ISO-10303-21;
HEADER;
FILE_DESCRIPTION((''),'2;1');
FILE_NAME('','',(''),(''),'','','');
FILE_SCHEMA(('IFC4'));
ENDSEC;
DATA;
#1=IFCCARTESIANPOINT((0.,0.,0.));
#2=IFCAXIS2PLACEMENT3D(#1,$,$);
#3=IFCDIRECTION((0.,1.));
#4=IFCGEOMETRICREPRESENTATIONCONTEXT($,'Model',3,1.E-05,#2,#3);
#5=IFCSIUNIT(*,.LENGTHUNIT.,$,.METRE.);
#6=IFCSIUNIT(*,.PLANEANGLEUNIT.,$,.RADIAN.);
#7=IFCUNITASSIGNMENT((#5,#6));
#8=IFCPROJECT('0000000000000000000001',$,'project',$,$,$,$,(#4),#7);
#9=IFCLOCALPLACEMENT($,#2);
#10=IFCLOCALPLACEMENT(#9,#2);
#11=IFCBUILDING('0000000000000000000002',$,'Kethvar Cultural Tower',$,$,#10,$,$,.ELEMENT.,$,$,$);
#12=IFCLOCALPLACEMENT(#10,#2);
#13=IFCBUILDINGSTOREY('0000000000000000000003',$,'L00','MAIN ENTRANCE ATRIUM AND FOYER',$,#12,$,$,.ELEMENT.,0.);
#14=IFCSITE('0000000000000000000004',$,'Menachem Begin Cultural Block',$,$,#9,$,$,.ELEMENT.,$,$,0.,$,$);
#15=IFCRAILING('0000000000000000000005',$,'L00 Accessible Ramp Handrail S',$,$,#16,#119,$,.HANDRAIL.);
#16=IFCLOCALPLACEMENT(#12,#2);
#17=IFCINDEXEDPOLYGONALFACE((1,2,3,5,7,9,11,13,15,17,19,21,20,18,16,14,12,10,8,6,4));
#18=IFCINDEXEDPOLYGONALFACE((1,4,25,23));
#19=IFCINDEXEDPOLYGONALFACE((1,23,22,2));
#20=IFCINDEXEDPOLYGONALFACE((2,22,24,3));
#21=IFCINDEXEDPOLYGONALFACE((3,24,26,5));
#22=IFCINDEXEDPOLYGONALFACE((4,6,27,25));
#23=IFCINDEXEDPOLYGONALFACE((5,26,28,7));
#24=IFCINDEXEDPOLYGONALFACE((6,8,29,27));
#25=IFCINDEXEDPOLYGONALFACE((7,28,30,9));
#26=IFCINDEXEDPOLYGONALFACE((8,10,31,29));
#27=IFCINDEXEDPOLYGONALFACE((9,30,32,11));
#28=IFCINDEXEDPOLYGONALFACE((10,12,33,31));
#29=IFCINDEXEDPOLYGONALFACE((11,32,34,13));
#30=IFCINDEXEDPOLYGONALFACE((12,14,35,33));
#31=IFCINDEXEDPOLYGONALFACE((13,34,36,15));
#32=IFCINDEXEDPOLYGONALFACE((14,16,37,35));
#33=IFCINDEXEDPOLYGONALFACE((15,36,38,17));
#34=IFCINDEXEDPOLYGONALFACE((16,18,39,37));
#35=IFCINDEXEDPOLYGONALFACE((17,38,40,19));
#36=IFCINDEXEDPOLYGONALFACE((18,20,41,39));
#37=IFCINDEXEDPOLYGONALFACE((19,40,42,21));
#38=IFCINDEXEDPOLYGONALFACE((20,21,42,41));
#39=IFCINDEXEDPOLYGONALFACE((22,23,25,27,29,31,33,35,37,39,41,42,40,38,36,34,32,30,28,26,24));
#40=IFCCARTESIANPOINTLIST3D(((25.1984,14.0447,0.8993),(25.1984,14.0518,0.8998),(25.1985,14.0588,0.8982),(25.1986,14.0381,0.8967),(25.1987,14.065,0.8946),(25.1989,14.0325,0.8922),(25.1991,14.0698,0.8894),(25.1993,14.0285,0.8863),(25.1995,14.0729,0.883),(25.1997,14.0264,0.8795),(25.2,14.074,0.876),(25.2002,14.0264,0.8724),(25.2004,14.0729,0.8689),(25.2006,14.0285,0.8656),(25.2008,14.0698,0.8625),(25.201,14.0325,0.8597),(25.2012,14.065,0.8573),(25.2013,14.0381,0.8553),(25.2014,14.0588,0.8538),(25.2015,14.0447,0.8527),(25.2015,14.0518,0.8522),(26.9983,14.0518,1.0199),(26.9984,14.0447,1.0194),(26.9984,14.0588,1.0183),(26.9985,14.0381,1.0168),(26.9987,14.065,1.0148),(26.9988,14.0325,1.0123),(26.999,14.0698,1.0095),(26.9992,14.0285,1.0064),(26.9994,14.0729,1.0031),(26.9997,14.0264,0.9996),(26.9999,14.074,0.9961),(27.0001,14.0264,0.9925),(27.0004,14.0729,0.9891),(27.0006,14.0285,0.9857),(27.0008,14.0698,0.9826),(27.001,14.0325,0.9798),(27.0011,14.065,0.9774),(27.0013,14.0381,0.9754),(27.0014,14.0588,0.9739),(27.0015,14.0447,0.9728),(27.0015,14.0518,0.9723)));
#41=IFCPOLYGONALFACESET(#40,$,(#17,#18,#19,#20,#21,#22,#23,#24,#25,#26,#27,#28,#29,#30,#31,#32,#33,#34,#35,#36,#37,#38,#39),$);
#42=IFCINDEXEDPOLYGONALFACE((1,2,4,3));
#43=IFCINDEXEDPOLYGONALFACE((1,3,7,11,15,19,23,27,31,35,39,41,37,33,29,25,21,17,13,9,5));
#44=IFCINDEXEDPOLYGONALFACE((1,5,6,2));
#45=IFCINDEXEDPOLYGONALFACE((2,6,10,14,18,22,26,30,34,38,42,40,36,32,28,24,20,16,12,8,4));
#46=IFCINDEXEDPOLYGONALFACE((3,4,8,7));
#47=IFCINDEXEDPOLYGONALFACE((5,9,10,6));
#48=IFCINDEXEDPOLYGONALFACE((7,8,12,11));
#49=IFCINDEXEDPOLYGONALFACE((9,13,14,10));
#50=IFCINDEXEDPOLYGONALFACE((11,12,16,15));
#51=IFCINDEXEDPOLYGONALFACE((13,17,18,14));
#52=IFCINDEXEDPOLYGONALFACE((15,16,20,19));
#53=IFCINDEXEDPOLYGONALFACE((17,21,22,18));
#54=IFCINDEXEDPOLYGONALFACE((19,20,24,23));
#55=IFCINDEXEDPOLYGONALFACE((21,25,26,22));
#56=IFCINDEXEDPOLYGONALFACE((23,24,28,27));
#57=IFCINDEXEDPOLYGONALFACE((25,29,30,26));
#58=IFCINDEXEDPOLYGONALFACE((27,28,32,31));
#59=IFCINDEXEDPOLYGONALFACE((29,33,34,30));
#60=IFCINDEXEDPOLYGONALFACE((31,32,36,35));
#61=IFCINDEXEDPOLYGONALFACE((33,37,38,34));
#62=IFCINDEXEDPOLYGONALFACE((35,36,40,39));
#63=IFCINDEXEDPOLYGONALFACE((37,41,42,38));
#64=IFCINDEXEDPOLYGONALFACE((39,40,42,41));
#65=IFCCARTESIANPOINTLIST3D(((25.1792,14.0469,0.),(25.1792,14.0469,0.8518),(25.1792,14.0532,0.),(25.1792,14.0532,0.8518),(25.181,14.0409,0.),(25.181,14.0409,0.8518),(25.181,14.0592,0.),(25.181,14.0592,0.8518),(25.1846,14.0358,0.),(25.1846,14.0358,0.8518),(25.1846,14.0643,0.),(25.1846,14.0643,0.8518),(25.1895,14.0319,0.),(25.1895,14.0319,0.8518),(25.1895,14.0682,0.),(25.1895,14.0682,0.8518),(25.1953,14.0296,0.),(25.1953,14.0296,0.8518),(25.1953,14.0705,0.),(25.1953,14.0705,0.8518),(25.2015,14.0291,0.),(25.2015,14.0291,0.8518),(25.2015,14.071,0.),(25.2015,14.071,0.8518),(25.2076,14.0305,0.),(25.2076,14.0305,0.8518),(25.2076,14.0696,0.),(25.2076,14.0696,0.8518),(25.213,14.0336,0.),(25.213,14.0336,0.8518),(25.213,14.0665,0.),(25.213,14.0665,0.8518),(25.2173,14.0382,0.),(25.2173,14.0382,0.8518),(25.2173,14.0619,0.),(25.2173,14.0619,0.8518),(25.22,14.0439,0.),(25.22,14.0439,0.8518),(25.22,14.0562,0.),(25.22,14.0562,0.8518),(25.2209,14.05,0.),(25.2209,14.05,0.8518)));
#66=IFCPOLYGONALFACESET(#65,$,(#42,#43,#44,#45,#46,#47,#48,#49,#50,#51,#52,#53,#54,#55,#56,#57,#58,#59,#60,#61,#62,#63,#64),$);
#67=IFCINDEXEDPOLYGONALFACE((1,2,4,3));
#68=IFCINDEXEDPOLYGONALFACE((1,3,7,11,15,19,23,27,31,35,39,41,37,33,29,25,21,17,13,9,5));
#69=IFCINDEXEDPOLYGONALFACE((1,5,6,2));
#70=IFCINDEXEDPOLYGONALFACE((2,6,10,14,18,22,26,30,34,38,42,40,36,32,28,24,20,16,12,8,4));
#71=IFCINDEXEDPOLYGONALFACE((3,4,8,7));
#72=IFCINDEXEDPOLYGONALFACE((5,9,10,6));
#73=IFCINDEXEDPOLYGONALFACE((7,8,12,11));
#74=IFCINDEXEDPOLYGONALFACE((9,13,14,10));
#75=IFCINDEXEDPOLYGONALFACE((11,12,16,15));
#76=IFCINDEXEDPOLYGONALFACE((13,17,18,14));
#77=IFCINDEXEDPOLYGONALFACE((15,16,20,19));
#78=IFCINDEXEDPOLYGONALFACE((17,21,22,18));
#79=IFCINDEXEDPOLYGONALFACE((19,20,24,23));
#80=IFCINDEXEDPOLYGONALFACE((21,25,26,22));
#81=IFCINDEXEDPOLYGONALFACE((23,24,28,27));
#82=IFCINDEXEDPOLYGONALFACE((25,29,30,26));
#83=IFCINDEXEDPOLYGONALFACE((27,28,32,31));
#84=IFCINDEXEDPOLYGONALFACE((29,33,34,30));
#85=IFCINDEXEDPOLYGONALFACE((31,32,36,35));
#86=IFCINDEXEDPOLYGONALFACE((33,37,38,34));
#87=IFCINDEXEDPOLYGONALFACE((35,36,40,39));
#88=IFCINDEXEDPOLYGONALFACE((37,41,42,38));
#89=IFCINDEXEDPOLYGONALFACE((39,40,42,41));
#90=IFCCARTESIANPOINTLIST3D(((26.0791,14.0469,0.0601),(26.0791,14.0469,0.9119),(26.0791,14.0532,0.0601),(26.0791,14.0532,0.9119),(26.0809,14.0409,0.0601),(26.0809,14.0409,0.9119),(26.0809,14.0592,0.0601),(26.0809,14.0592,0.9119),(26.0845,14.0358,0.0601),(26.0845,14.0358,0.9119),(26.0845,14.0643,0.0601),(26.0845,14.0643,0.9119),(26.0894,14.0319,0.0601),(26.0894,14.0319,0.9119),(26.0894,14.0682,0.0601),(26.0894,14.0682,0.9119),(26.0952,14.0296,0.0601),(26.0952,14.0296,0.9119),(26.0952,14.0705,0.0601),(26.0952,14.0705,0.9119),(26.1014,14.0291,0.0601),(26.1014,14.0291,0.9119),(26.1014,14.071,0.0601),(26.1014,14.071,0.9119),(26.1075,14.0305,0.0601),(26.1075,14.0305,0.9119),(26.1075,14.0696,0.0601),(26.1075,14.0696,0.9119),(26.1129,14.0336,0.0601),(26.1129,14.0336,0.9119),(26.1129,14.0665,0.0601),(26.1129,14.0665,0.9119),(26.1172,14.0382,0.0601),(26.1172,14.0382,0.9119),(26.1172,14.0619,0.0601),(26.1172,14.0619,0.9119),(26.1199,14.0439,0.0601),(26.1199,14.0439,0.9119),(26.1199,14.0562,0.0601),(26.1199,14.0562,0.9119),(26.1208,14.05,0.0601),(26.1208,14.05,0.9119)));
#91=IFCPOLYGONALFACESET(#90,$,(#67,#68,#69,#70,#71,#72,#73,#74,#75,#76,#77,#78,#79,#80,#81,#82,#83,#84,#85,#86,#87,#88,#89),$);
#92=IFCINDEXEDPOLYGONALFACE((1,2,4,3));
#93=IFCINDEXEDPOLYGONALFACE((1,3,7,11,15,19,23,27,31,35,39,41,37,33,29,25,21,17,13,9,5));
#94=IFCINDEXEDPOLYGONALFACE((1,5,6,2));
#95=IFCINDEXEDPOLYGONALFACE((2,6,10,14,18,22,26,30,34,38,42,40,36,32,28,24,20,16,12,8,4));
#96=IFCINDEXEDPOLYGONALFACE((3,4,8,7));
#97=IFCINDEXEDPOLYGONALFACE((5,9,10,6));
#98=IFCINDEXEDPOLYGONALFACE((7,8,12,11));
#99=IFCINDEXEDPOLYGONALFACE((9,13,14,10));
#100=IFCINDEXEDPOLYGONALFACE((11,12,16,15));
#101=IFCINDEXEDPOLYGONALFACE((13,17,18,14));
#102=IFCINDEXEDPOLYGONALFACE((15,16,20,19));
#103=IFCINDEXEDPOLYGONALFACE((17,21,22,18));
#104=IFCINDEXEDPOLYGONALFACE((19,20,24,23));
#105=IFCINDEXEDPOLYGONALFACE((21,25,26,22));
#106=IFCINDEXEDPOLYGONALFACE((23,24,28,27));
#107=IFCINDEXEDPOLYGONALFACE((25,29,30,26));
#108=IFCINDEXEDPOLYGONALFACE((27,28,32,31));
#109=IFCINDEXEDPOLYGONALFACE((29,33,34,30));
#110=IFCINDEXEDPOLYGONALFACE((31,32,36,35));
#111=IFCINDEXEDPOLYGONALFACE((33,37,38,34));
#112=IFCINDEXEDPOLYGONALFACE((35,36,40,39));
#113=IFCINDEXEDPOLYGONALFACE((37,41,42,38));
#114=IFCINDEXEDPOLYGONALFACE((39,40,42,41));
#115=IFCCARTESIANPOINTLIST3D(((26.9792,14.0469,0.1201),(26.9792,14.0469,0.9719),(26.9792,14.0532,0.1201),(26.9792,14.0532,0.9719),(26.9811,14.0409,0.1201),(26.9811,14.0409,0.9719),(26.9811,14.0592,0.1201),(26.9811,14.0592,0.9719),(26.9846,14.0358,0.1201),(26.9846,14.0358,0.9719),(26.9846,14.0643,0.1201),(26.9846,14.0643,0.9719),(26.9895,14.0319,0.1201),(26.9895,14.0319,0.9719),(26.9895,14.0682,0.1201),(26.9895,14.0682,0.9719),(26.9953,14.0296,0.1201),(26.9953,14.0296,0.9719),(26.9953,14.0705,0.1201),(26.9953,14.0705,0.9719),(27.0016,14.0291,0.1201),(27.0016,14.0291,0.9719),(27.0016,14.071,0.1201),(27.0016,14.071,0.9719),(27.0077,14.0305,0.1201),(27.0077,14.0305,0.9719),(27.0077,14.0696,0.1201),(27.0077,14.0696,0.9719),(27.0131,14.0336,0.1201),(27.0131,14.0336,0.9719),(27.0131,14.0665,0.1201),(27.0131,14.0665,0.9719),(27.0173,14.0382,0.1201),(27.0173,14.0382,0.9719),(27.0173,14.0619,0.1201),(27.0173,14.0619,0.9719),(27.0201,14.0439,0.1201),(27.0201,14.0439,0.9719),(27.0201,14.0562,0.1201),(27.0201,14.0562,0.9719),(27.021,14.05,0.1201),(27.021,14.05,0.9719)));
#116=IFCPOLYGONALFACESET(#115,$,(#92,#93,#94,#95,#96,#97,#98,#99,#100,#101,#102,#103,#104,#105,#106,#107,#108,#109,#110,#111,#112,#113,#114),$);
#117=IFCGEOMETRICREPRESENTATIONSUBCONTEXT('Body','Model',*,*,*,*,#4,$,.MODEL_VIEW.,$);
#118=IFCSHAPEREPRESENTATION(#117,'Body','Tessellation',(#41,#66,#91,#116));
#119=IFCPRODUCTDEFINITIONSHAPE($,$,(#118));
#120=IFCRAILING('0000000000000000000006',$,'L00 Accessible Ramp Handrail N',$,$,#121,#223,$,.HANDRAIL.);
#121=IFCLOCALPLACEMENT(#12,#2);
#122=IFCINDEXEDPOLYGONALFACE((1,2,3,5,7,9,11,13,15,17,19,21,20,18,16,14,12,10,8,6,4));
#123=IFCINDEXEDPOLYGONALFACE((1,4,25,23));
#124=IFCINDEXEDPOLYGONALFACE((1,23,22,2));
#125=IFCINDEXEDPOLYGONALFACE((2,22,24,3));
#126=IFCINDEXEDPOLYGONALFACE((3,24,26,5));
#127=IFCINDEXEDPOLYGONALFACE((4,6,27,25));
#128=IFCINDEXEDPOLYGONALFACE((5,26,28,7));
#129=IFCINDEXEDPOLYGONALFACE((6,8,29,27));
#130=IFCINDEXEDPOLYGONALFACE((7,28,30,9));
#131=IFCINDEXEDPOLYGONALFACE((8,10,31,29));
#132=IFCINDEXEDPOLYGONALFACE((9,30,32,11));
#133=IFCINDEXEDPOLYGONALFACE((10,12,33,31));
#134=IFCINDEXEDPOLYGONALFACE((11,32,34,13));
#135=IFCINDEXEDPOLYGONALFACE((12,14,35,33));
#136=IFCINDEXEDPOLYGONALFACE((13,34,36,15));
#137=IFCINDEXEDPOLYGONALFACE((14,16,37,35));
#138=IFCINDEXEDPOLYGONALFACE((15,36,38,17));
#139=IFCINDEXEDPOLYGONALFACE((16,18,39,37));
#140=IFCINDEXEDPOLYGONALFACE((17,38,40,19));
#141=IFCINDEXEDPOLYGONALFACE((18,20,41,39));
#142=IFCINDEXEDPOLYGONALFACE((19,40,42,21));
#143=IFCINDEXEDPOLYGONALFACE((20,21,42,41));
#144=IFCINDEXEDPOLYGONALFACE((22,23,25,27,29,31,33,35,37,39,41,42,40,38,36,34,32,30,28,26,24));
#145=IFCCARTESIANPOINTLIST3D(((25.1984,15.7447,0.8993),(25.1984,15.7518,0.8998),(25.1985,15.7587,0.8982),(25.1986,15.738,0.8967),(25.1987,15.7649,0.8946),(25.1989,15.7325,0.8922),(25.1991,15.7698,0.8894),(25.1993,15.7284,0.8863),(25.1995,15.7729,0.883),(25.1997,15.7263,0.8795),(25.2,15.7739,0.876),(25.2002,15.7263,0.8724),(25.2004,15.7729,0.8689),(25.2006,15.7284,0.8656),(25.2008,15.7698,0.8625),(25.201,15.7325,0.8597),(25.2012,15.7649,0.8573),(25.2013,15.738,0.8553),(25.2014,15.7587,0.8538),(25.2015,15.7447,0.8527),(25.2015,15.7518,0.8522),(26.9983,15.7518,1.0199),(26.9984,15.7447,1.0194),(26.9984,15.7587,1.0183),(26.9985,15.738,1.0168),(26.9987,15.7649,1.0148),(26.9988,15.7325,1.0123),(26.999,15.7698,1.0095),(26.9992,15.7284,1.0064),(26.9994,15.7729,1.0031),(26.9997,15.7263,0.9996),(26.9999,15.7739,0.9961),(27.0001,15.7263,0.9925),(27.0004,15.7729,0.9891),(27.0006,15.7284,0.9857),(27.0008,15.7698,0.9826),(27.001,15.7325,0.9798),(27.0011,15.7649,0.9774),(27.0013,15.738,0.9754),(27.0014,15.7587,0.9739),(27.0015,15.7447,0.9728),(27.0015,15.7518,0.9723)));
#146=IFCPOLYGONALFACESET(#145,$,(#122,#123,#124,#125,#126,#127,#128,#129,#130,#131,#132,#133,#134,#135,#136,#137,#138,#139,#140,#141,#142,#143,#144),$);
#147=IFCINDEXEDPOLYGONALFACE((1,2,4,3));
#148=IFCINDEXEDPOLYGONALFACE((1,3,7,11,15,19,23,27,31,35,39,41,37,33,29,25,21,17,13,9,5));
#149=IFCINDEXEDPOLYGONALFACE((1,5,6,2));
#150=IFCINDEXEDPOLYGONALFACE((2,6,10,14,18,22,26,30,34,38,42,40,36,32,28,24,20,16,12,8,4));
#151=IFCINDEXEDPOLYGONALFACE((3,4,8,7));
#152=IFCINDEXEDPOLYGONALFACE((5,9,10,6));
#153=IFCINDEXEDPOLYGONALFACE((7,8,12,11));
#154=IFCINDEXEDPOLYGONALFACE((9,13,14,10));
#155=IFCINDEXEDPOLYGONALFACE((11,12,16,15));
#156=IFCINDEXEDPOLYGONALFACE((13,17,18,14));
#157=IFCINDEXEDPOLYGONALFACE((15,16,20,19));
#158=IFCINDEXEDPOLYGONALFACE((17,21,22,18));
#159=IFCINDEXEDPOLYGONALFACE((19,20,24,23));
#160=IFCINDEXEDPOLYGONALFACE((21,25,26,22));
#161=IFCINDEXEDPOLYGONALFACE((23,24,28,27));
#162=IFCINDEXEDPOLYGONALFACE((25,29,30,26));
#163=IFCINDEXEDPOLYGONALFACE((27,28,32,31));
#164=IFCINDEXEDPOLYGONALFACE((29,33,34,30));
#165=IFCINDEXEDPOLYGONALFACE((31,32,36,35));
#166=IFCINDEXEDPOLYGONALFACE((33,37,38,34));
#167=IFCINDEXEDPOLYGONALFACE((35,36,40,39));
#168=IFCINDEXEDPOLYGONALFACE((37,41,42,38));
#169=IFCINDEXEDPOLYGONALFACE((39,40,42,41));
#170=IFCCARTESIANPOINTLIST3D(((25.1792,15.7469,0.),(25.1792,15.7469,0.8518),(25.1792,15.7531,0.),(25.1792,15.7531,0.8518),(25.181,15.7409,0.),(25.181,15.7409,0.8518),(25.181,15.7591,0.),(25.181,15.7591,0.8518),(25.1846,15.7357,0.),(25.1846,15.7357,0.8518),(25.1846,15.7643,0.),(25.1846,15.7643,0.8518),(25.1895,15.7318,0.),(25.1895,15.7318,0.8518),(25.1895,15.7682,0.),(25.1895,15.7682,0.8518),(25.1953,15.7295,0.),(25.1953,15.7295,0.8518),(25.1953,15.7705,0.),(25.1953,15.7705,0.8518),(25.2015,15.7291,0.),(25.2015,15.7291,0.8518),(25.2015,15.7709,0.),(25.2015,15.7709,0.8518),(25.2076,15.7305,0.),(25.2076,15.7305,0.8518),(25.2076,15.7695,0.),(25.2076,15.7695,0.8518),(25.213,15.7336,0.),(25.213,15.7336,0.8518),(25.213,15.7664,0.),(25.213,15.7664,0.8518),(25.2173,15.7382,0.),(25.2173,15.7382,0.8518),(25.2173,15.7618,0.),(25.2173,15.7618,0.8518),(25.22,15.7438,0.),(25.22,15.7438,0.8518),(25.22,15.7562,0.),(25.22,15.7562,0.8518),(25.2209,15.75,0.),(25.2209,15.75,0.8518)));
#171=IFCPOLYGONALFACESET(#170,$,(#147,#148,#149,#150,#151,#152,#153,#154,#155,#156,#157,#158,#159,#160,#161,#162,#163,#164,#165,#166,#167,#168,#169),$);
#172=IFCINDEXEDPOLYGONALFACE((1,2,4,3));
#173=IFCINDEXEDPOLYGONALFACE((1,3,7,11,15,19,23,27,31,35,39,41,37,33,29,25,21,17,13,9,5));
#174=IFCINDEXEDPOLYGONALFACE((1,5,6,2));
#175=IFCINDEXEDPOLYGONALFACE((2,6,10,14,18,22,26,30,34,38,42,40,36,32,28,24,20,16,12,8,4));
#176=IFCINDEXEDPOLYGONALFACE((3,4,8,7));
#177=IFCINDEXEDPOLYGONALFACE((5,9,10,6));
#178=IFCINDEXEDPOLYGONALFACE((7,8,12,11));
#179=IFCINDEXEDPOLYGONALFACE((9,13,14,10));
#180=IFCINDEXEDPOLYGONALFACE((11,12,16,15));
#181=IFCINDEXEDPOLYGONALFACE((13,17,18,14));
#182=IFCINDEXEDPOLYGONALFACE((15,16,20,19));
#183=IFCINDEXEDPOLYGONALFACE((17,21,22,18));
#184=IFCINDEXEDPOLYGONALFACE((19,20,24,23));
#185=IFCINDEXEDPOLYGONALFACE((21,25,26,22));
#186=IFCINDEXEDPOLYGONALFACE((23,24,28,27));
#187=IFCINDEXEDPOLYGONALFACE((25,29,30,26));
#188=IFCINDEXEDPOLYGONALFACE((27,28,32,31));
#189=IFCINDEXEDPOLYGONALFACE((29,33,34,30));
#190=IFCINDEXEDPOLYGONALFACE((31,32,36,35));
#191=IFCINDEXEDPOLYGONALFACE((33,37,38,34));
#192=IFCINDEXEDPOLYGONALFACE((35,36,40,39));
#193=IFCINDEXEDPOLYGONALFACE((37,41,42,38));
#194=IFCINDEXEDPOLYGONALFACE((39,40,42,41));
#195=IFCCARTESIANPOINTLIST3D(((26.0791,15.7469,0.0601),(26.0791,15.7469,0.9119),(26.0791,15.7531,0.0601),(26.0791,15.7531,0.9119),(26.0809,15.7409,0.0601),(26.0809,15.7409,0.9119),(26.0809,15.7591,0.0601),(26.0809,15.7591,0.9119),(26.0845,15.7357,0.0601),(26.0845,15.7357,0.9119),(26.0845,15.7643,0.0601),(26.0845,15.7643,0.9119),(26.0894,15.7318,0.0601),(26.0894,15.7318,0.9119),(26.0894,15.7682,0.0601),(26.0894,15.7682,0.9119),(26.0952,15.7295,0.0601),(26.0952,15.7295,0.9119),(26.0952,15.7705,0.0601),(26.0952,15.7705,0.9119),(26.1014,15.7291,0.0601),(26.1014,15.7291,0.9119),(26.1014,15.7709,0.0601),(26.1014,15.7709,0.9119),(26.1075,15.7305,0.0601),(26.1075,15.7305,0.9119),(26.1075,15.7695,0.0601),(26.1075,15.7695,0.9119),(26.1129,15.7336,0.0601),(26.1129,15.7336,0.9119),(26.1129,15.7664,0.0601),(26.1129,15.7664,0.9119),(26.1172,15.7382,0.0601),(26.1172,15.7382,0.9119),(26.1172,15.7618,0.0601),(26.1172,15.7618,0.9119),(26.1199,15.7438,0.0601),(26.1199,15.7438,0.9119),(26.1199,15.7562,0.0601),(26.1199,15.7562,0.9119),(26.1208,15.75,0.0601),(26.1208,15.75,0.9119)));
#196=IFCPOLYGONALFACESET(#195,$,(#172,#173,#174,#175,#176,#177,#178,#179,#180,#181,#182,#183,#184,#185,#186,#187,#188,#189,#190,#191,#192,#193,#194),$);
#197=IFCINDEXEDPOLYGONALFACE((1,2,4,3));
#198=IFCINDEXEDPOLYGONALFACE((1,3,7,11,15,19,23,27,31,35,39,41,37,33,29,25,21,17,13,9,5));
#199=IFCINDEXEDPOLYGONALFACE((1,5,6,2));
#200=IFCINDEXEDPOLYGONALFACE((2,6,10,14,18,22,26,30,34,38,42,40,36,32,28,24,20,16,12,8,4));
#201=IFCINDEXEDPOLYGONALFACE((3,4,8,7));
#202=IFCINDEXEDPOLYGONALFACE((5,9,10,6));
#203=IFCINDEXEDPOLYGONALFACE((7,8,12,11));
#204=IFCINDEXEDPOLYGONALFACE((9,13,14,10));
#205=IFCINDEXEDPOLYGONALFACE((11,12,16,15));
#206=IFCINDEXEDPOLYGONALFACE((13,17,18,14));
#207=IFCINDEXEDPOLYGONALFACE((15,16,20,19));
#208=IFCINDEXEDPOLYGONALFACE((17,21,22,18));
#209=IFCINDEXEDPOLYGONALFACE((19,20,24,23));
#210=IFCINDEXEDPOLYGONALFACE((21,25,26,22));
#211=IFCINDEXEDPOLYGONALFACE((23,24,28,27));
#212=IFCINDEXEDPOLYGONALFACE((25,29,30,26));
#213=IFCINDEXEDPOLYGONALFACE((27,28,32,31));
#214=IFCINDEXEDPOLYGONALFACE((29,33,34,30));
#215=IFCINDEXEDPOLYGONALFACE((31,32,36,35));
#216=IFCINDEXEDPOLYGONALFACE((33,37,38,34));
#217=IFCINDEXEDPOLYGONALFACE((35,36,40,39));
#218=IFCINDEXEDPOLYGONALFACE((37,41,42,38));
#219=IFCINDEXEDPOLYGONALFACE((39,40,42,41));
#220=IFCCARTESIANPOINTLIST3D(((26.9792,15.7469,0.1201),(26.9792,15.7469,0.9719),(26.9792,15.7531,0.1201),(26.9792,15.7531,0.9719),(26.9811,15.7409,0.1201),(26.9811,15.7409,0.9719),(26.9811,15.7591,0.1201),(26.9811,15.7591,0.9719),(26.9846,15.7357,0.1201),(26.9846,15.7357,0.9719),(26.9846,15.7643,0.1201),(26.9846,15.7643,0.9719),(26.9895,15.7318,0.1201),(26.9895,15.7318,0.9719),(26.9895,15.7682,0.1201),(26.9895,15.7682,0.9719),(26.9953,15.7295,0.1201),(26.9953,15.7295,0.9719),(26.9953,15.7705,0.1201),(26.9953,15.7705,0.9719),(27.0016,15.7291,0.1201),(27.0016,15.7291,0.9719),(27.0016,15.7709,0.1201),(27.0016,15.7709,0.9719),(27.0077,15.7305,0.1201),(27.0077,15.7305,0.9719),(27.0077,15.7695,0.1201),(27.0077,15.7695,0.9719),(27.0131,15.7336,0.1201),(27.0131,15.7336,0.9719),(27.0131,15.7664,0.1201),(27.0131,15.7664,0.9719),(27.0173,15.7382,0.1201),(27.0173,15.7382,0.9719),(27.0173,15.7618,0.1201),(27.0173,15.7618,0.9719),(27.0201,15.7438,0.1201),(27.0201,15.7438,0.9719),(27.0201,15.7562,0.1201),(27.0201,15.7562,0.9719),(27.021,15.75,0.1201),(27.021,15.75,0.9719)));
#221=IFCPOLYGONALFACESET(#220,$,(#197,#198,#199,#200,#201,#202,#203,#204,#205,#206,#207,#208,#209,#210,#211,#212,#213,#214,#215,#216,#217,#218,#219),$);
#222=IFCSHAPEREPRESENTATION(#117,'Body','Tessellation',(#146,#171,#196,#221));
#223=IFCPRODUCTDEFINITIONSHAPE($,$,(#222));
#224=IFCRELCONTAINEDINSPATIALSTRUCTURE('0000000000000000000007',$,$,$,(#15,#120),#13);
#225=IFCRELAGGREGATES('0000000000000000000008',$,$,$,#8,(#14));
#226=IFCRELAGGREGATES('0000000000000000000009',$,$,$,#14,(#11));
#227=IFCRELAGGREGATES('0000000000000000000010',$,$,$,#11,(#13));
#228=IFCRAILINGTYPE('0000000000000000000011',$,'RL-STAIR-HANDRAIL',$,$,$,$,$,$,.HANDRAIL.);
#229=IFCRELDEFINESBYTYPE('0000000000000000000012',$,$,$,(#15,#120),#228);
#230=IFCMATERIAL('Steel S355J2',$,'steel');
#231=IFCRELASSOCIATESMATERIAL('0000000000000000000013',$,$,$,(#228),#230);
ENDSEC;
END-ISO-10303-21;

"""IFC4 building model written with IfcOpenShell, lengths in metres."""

from ifc_helpers import new_model, si_unit, direction, frame, origin, origin_2d, place, context, subcontext, project, spatial, circle, extrude, material, type_object, element, save


model = new_model("IFC4")

# Units and contexts
model_context = context("Model", 3, precision=1e-05, world=origin(), true_north=direction((0.0, 1.0)))
body_context = subcontext(model_context, "Body", "Model", "MODEL_VIEW")
ifc_project = project(units=[si_unit("LENGTHUNIT", "METRE"), si_unit("PLANEANGLEUNIT", "RADIAN")], contexts=[model_context])

# Site, building, storey
site_placement = place(None, origin())
site = spatial("IfcSite", under=ifc_project, at=site_placement, Name="Menachem Begin Cultural Block", CompositionType="ELEMENT", RefElevation=0.0)
building_placement = place(site_placement, origin())
building = spatial("IfcBuilding", under=site, at=building_placement, Name="Kethvar Cultural Tower", CompositionType="ELEMENT")
storey_placement = place(building_placement, origin())
storey = spatial("IfcBuildingStorey", under=building, at=storey_placement, Name="L00", Description="MAIN ENTRANCE ATRIUM AND FOYER", CompositionType="ELEMENT", Elevation=0.0)

# Shared definitions
ifc_material_1 = material(Name="Steel S355J2", Category="steel")

# Railings
railing_type_1 = type_object("IfcRailingType", Name="RL-STAIR-HANDRAIL", PredefinedType="HANDRAIL", material=ifc_material_1)
for number, where, name in (
    (1, (25.2, 14.05, 0.0), "L00 Accessible Ramp Handrail S"),
    (2, (25.2, 15.75, 0.0), "L00 Accessible Ramp Handrail N"),
):
    element("IfcRailing", number, at=place(storey_placement, frame(where)), inside=storey, type_object=railing_type_1, Name=name, PredefinedType="HANDRAIL", context=body_context, shape_type="SweptSolid", body=[
        extrude(circle(Radius=0.0239, at=origin_2d()), frame((0.0, 0.0, 0.876), z_axis=(0.997781, 0.0, 0.066582), x_axis=(0.0, 1.0, 0.0)), (0.0, 0.0, 1.0), 1.804),
        extrude(circle(Radius=0.021, at=origin_2d()), origin(), (0.0, 0.0, 1.0), 0.8518),
        extrude(circle(Radius=0.021, at=origin_2d()), frame((0.8999, 0.0, 0.0601)), (0.0, 0.0, 1.0), 0.8518),
        extrude(circle(Radius=0.021, at=origin_2d()), frame((1.8, 0.0, 0.1201)), (0.0, 0.0, 1.0), 0.8518),
    ])

save(model, "model.ifc")
